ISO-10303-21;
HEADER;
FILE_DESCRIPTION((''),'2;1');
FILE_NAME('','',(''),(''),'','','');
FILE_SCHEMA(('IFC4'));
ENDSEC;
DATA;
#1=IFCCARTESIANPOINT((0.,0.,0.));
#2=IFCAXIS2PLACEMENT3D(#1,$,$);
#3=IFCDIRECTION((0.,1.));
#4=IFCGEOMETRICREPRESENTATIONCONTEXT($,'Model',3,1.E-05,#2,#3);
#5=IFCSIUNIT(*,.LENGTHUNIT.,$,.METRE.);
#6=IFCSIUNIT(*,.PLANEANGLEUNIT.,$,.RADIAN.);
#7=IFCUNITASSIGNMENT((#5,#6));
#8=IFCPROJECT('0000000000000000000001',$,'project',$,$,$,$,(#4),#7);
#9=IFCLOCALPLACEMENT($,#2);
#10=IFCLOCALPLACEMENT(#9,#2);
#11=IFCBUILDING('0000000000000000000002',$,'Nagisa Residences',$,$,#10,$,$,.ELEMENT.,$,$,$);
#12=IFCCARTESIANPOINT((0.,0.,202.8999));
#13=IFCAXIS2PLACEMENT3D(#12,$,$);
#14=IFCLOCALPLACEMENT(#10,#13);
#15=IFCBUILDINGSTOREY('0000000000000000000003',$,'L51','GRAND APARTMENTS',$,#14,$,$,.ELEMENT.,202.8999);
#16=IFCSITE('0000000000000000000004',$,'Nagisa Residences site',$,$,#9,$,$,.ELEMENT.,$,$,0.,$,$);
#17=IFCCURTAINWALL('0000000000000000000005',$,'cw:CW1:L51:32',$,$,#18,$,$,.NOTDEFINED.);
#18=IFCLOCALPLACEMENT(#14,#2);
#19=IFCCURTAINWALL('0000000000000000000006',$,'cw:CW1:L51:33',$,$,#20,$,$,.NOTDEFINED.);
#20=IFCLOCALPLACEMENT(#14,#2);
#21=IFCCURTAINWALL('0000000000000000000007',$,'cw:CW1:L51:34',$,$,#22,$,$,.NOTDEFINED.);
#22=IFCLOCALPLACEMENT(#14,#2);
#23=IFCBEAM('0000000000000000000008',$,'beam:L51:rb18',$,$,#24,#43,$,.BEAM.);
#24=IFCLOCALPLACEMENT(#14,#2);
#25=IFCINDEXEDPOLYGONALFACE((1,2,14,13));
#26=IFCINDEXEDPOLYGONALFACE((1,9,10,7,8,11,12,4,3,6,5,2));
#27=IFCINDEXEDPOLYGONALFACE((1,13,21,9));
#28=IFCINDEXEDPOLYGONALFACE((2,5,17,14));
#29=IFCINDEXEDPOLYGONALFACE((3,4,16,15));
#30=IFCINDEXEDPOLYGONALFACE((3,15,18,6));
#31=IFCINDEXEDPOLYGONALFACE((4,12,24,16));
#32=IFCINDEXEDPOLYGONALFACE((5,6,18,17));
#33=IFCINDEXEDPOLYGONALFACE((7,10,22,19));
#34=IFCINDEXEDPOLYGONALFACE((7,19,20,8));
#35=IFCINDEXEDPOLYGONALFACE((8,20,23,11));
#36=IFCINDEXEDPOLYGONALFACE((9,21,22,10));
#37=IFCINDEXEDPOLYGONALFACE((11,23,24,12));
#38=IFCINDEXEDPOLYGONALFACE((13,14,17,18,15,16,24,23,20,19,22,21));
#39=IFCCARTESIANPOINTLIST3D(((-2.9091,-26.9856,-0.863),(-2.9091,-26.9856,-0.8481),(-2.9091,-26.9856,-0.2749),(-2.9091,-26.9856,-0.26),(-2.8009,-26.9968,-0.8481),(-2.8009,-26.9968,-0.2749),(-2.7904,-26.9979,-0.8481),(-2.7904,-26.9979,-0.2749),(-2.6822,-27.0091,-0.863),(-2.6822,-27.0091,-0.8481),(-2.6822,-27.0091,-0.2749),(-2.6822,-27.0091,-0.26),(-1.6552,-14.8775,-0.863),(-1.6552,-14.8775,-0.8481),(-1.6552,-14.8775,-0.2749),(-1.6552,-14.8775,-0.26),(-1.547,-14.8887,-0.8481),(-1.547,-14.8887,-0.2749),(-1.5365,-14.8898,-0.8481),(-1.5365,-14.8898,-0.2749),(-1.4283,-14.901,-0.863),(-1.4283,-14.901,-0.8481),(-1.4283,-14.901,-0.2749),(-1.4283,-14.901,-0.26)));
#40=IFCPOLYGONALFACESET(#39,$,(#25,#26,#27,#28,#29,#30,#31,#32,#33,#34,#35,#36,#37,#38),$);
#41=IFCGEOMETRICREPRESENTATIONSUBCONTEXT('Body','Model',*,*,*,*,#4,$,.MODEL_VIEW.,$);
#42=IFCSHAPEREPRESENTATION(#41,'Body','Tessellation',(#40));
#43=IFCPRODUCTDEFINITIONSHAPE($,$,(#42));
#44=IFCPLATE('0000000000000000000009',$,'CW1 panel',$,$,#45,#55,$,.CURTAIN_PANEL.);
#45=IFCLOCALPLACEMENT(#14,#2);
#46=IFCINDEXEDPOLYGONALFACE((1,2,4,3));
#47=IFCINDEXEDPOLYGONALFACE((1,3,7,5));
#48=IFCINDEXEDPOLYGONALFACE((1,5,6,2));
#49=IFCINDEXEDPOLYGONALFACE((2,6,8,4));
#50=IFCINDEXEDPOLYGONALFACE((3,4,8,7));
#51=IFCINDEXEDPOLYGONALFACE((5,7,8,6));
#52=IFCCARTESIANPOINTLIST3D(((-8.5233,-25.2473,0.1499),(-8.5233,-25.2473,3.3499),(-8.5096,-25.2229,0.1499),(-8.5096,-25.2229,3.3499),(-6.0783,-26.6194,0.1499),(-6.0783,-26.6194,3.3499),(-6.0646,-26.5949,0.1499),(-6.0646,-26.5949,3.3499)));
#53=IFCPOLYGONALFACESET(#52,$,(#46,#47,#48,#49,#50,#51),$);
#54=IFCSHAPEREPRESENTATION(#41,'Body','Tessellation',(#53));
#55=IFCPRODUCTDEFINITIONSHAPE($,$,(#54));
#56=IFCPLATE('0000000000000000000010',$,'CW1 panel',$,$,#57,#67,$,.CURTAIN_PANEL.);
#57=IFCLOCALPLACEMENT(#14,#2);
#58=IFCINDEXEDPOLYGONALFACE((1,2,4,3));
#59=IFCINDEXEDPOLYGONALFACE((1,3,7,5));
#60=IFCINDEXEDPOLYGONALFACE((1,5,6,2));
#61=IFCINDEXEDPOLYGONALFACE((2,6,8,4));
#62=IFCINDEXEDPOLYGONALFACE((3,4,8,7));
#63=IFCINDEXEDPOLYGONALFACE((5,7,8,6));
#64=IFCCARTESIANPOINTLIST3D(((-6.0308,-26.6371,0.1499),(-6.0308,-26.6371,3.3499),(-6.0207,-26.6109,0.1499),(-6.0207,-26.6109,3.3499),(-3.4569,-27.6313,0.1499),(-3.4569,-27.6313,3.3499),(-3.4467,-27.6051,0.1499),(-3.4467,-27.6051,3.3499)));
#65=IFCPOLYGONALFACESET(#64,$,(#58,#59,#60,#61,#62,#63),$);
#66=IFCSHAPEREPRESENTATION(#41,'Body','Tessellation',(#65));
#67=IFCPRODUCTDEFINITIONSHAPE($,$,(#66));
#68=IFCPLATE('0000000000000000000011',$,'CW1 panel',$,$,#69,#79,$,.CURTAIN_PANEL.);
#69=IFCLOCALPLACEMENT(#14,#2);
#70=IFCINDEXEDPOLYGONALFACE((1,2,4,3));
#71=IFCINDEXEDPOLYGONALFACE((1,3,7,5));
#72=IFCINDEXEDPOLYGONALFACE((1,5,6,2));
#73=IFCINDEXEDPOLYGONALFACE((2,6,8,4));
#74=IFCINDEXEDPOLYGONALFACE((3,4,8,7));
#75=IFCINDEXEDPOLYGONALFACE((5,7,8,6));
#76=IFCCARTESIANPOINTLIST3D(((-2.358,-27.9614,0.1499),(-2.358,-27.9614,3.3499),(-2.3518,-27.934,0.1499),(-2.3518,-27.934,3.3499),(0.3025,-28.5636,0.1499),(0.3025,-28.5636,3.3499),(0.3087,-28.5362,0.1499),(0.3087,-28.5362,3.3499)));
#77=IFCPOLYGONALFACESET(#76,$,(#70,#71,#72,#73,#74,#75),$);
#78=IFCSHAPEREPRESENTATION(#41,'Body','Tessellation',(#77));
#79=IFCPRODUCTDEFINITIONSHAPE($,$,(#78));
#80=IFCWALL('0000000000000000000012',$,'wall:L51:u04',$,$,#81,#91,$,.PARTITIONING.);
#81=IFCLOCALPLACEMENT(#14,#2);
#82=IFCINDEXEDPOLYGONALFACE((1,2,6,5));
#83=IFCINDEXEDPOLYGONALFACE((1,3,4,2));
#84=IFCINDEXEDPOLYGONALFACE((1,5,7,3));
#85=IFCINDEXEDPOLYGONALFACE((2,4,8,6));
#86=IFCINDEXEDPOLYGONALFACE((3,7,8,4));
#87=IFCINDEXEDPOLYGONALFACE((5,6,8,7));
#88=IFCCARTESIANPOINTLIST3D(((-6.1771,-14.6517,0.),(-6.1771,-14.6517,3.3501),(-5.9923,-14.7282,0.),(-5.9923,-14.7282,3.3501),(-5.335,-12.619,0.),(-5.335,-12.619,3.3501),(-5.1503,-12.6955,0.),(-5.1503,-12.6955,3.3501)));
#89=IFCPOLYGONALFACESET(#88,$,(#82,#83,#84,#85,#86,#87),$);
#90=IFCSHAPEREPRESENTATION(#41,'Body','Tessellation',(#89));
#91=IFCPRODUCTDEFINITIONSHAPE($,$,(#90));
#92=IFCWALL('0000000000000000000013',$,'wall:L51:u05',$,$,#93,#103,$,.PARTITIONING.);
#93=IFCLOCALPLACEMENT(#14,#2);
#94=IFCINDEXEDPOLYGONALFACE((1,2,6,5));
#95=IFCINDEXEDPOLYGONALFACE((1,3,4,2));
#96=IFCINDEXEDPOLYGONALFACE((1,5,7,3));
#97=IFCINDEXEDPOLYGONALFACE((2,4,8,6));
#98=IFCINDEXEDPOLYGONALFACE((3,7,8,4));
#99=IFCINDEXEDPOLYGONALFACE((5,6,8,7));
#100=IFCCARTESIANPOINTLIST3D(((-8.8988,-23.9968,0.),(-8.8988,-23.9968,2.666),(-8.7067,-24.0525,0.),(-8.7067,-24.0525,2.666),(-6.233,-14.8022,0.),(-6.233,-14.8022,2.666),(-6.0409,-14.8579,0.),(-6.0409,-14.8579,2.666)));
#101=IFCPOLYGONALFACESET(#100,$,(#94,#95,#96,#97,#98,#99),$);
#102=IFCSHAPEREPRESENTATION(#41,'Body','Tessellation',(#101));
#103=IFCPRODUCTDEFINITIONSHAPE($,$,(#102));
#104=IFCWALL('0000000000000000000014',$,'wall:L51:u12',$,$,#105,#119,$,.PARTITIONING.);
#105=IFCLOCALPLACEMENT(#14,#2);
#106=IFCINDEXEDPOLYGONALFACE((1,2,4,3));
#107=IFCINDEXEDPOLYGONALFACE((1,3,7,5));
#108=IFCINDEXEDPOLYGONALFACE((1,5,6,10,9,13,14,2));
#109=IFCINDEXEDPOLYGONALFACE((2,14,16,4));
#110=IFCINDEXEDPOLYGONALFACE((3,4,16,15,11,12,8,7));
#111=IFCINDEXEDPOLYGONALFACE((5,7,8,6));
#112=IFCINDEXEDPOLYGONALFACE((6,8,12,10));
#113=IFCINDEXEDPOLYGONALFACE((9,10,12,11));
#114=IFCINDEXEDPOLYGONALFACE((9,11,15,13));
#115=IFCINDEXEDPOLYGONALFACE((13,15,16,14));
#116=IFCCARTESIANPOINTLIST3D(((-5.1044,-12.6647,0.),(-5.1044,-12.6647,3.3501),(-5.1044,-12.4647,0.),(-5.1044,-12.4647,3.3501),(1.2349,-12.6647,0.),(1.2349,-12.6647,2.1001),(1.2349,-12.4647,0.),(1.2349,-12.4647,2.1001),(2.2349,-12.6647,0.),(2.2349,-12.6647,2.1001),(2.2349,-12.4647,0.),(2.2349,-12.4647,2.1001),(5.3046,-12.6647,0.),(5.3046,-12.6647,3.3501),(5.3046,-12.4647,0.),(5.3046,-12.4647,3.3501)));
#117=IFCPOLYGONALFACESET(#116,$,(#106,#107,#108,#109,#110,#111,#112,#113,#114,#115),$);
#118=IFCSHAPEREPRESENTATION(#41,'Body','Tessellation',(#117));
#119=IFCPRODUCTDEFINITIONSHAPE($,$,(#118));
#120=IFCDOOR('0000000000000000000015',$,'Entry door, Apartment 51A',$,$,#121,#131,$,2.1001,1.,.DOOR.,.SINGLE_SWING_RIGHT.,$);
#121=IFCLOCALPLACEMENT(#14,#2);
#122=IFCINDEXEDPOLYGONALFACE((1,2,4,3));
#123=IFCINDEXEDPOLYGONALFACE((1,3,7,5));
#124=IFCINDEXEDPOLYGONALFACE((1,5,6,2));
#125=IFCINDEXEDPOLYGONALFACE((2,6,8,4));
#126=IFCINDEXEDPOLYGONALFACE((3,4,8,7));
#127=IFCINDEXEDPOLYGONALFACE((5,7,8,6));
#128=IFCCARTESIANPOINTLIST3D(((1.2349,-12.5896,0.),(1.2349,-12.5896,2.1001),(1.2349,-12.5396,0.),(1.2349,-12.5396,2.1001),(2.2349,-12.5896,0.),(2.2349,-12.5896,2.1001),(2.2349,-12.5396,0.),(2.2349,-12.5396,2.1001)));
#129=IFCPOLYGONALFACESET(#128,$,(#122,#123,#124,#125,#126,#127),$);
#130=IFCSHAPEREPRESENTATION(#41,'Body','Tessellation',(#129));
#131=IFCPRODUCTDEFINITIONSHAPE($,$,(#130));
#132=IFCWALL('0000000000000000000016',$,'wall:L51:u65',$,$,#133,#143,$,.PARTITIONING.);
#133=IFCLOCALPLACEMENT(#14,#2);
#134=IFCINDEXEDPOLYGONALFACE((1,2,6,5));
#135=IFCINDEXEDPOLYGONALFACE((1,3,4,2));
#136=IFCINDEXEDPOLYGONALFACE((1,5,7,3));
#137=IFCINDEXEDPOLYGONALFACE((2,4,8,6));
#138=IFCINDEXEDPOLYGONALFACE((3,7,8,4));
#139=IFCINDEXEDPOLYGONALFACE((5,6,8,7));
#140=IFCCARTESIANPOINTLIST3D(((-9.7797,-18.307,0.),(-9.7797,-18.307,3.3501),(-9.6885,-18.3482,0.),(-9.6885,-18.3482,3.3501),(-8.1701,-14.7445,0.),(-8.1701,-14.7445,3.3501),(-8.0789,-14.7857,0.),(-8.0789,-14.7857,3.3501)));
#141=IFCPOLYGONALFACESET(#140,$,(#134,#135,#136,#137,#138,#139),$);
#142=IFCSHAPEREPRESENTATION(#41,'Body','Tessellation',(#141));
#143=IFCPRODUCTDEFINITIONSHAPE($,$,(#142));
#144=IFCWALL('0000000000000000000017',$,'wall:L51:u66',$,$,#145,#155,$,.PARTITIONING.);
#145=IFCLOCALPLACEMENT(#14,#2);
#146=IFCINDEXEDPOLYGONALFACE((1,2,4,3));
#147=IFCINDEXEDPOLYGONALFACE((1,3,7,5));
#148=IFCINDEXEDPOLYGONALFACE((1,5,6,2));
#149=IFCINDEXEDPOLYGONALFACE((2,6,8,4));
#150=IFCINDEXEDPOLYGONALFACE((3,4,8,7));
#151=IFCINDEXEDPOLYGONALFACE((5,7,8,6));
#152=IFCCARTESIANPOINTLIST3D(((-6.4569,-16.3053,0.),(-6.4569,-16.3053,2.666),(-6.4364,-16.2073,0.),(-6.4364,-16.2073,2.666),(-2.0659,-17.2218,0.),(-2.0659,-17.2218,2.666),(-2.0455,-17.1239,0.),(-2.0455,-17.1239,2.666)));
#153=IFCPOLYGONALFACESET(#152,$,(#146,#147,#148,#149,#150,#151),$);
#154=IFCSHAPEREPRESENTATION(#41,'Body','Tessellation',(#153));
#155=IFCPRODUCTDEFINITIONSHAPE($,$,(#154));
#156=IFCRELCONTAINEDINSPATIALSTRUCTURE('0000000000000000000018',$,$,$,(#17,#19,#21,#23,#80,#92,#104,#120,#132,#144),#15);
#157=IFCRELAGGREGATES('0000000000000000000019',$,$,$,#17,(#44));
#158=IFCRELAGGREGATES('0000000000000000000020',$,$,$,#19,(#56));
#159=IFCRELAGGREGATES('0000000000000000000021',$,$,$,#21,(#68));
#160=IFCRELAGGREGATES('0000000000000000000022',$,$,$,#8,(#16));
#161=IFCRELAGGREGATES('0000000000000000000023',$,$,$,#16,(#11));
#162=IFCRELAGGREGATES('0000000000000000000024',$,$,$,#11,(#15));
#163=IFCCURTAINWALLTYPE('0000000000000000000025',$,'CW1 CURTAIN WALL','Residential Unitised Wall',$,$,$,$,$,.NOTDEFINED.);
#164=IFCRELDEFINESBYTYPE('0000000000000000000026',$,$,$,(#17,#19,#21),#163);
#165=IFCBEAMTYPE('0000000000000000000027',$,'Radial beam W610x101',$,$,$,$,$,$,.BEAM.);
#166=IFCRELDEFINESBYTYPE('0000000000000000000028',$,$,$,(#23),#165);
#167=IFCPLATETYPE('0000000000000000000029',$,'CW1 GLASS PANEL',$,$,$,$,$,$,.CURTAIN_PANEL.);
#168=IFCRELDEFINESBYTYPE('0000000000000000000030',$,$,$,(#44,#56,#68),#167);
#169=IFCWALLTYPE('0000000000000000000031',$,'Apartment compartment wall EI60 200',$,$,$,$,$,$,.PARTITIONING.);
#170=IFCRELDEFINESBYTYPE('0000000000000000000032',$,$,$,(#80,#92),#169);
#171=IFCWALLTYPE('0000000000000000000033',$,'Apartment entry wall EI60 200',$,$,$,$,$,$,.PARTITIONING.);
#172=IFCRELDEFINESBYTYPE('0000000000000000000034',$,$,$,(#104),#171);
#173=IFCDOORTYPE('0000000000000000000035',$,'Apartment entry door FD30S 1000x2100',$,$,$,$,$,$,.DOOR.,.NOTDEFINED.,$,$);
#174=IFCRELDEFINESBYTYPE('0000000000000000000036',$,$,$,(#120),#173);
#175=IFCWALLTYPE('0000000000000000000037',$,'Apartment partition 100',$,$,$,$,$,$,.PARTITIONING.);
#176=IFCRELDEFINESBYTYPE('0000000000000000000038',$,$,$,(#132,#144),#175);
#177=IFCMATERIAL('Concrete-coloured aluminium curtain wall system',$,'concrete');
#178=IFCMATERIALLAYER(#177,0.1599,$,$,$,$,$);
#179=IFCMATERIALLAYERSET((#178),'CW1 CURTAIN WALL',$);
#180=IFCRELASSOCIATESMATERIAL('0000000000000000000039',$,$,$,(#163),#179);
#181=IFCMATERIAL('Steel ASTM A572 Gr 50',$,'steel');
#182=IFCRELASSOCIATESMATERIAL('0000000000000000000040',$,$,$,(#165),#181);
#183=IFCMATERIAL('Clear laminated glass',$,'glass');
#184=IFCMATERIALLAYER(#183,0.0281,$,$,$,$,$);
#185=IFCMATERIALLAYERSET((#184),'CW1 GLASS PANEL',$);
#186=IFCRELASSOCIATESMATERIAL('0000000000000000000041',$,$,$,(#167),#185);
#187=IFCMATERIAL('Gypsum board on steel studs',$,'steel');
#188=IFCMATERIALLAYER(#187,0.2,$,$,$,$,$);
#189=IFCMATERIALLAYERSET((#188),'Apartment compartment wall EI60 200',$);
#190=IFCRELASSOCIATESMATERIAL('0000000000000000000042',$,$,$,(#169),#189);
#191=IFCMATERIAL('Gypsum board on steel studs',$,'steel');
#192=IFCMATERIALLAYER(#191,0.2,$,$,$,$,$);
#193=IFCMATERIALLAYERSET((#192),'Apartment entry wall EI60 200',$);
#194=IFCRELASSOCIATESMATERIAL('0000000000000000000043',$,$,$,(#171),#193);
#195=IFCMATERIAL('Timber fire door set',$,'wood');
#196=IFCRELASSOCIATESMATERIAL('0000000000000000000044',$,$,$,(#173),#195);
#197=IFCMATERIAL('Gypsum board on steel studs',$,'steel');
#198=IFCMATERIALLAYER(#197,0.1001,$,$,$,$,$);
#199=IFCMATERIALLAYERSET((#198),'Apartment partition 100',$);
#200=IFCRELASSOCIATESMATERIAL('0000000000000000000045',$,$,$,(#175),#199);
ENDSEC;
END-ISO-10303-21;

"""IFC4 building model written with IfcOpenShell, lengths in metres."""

from ifc_helpers import new_model, si_unit, direction, frame, frame_2d, origin, origin_2d, place, context, subcontext, project, spatial, rectangle, i_section, extrude, material, layer, layer_set, material_profile, profile_set, type_object, element, fill, aggregate, save


model = new_model("IFC4")

# Units and contexts
model_context = context("Model", 3, precision=1e-05, world=origin(), true_north=direction((0.0, 1.0)))
body_context = subcontext(model_context, "Body", "Model", "MODEL_VIEW")
ifc_project = project(units=[si_unit("LENGTHUNIT", "METRE"), si_unit("PLANEANGLEUNIT", "RADIAN")], contexts=[model_context])

# Site, building, storey
site_placement = place(None, origin())
site = spatial("IfcSite", under=ifc_project, at=site_placement, Name="Nagisa Residences site", CompositionType="ELEMENT", RefElevation=0.0)
building_placement = place(site_placement, origin())
building = spatial("IfcBuilding", under=site, at=building_placement, Name="Nagisa Residences", CompositionType="ELEMENT")
storey_placement = place(building_placement, frame((0.0, 0.0, 202.8999)))
storey = spatial("IfcBuildingStorey", under=building, at=storey_placement, Name="L51", Description="GRAND APARTMENTS", CompositionType="ELEMENT", Elevation=202.8999)

# Curtain walls
ifc_material_1 = material(Name="Concrete-coloured aluminium curtain wall system", Category="concrete")
ifc_layer_1 = layer(ifc_material_1, 0.1599)
ifc_layer_set_1 = layer_set([ifc_layer_1], Name="CW1 CURTAIN WALL")
curtain_wall_type = type_object("IfcCurtainWallType", Name="CW1 CURTAIN WALL", Description="Residential Unitised Wall", PredefinedType="NOTDEFINED", material=ifc_layer_set_1)
curtain_wall_1_placement = place(storey_placement, origin())
curtain_wall_1 = element("IfcCurtainWall", 1, at=curtain_wall_1_placement, inside=storey, type_object=curtain_wall_type, Name="cw:CW1:L51:32", PredefinedType="NOTDEFINED")
curtain_wall_2_placement = place(storey_placement, origin())
curtain_wall_2 = element("IfcCurtainWall", 2, at=curtain_wall_2_placement, inside=storey, type_object=curtain_wall_type, Name="cw:CW1:L51:33", PredefinedType="NOTDEFINED")
curtain_wall_3_placement = place(storey_placement, origin())
curtain_wall_3 = element("IfcCurtainWall", 3, at=curtain_wall_3_placement, inside=storey, type_object=curtain_wall_type, Name="cw:CW1:L51:34", PredefinedType="NOTDEFINED")

# Beam
ifc_material_2 = material(Name="Steel ASTM A572 Gr 50", Category="steel")
ifc_material_profile_1 = material_profile(ifc_material_2, i_section(OverallWidth=0.228, OverallDepth=0.603, WebThickness=0.0105, FlangeThickness=0.0149, at=origin_2d()), Name="W610x101")
ifc_profile_set_1 = profile_set([ifc_material_profile_1], Name="Steel ASTM A572 Gr 50")
beam_type_1 = type_object("IfcBeamType", Name="Radial beam W610x101", PredefinedType="BEAM", material=ifc_profile_set_1)
beam_1_placement = place(storey_placement, frame((-2.7957, -26.9973, -0.5615), z_axis=(0.103008, 0.994681, 0.0), x_axis=(-0.994681, 0.103008, 0.0)))
element("IfcBeam", 4, at=beam_1_placement, inside=storey, type_object=beam_type_1, Name="beam:L51:rb18", PredefinedType="BEAM", context=body_context, shape_type="SweptSolid", body=[
    extrude(i_section(OverallWidth=0.228, OverallDepth=0.603, WebThickness=0.0105, FlangeThickness=0.0149, at=origin_2d()), origin(), (0.0, 0.0, 1.0), 12.1729),
])

# Plates
ifc_material_3 = material(Name="Clear laminated glass", Category="glass")
ifc_layer_2 = layer(ifc_material_3, 0.0281)
ifc_layer_set_2 = layer_set([ifc_layer_2], Name="CW1 GLASS PANEL")
plate_type = type_object("IfcPlateType", Name="CW1 GLASS PANEL", PredefinedType="CURTAIN_PANEL", material=ifc_layer_set_2)
plate_1_placement = place(storey_placement, frame((-7.2939, -25.9211, 0.1499), z_axis=(0.0, 0.0, 1.0), x_axis=(0.872072, -0.489377, 0.0)))
plate_1 = element("IfcPlate", 5, at=plate_1_placement, type_object=plate_type, Name="CW1 panel", PredefinedType="CURTAIN_PANEL", context=body_context, shape_type="SweptSolid", body=[
    extrude(rectangle(XDim=2.8037, YDim=0.0281, at=origin_2d()), origin(), (0.0, 0.0, 1.0), 3.2),
])
aggregate(curtain_wall_1, [plate_1])
plate_2_placement = place(storey_placement, frame((-4.7388, -27.1211, 0.1499), z_axis=(0.0, 0.0, 1.0), x_axis=(0.932826, -0.360328, 0.0)))
plate_2 = element("IfcPlate", 6, at=plate_2_placement, type_object=plate_type, Name="CW1 panel", PredefinedType="CURTAIN_PANEL", context=body_context, shape_type="SweptSolid", body=[
    extrude(rectangle(XDim=2.7593, YDim=0.0281, at=origin_2d()), origin(), (0.0, 0.0, 1.0), 3.2),
])
aggregate(curtain_wall_2, [plate_2])
plate_3_placement = place(storey_placement, frame((-1.0247, -28.2488, 0.1499), z_axis=(0.0, 0.0, 1.0), x_axis=(0.975327, -0.220764, 0.0)))
plate_3 = element("IfcPlate", 7, at=plate_3_placement, type_object=plate_type, Name="CW1 panel", PredefinedType="CURTAIN_PANEL", context=body_context, shape_type="SweptSolid", body=[
    extrude(rectangle(XDim=2.7278, YDim=0.0281, at=origin_2d()), origin(), (0.0, 0.0, 1.0), 3.2),
])
aggregate(curtain_wall_3, [plate_3])

# Walls
ifc_material_4 = material(Name="Gypsum board on steel studs", Category="steel")
ifc_layer_3 = layer(ifc_material_4, 0.2)
ifc_layer_set_3 = layer_set([ifc_layer_3], Name="Apartment compartment wall EI60 200")
wall_type_1 = type_object("IfcWallType", Name="Apartment compartment wall EI60 200", PredefinedType="PARTITIONING", material=ifc_layer_set_3)
wall_1_placement = place(storey_placement, frame((-5.2427, -12.6572, 0.0), z_axis=(0.0, 0.0, 1.0), x_axis=(-0.382708, -0.923869, 0.0)))
element("IfcWall", 8, at=wall_1_placement, inside=storey, type_object=wall_type_1, Name="wall:L51:u04", PredefinedType="PARTITIONING", context=body_context, shape_type="SweptSolid", body=[
    extrude(rectangle(XDim=2.2002, YDim=0.2, at=frame_2d((1.1001, 0.0))), origin(), (0.0, 0.0, 1.0), 3.3501),
])
wall_2_placement = place(storey_placement, frame((-6.137, -14.8301, 0.0), z_axis=(0.0, 0.0, 1.0), x_axis=(-0.278461, -0.960447, 0.0)))
element("IfcWall", 9, at=wall_2_placement, inside=storey, type_object=wall_type_1, Name="wall:L51:u05", PredefinedType="PARTITIONING", context=body_context, shape_type="SweptSolid", body=[
    extrude(rectangle(XDim=9.5732, YDim=0.2, at=frame_2d((4.7866, 0.0))), origin(), (0.0, 0.0, 1.0), 2.666),
])

# Wall, opening, door
ifc_material_5 = material(Name="Gypsum board on steel studs", Category="steel")
ifc_layer_4 = layer(ifc_material_5, 0.2)
ifc_layer_set_4 = layer_set([ifc_layer_4], Name="Apartment entry wall EI60 200")
wall_type_2 = type_object("IfcWallType", Name="Apartment entry wall EI60 200", PredefinedType="PARTITIONING", material=ifc_layer_set_4)
wall_3_placement = place(storey_placement, frame((-5.1045, -12.5647, 0.0), z_axis=(0.0, 0.0, 1.0), x_axis=(1.0, 0.0, 0.0)))
wall_3 = element("IfcWall", 10, at=wall_3_placement, inside=storey, type_object=wall_type_2, Name="wall:L51:u12", PredefinedType="PARTITIONING", context=body_context, shape_type="SweptSolid", body=[
    extrude(rectangle(XDim=10.4089, YDim=0.2, at=frame_2d((5.2046, 0.0))), origin(), (0.0, 0.0, 1.0), 3.3501),
])
opening_1_placement = place(wall_3_placement, frame((6.3394, 0.0, 0.0)))
opening_1 = element("IfcOpeningElement", 11, at=opening_1_placement, cuts=wall_3, PredefinedType="OPENING", context=body_context, shape_type="SweptSolid", body=[
    extrude(rectangle(XDim=1.0, YDim=2.1001, at=frame_2d((0.5, 1.05))), frame((0.0, 0.1099, 0.0), z_axis=(0.0, -1.0, 0.0), x_axis=(1.0, 0.0, 0.0)), (0.0, 0.0, 1.0), 0.22),
])
ifc_material_6 = material(Name="Timber fire door set", Category="wood")
door_type_1 = type_object("IfcDoorType", Name="Apartment entry door FD30S 1000x2100", OperationType="NOTDEFINED", PredefinedType="DOOR", material=ifc_material_6)
door_1_placement = place(opening_1_placement, frame((1.0, 0.0, 0.0), x_axis=(-1.0, 0.0, 0.0)))
door_1 = element("IfcDoor", 12, at=door_1_placement, inside=storey, type_object=door_type_1, Name="Entry door, Apartment 51A", OperationType="SINGLE_SWING_RIGHT", OverallHeight=2.1001, OverallWidth=1.0, PredefinedType="DOOR", context=body_context, shape_type="SweptSolid", body=[
    extrude(rectangle(XDim=1.0, YDim=2.1001, at=frame_2d((0.5, 1.05))), frame((0.0, 0.0249, 0.0), z_axis=(0.0, -1.0, 0.0), x_axis=(1.0, 0.0, 0.0)), (0.0, 0.0, 1.0), 0.05),
])
fill(opening_1, door_1)

# Walls
ifc_material_7 = material(Name="Gypsum board on steel studs", Category="steel")
ifc_layer_5 = layer(ifc_material_7, 0.1001)
ifc_layer_set_5 = layer_set([ifc_layer_5], Name="Apartment partition 100")
wall_type_3 = type_object("IfcWallType", Name="Apartment partition 100", PredefinedType="PARTITIONING", material=ifc_layer_set_5)
wall_4_placement = place(storey_placement, frame((-8.1245, -14.7651, 0.0), z_axis=(0.0, 0.0, 1.0), x_axis=(-0.411746, -0.911299, 0.0)))
element("IfcWall", 13, at=wall_4_placement, inside=storey, type_object=wall_type_3, Name="wall:L51:u65", PredefinedType="PARTITIONING", context=body_context, shape_type="SweptSolid", body=[
    extrude(rectangle(XDim=3.9092, YDim=0.1001, at=frame_2d((1.9546, 0.0))), origin(), (0.0, 0.0, 1.0), 3.3501),
])
wall_5_placement = place(storey_placement, frame((-6.4465, -16.2563, 0.0), z_axis=(0.0, 0.0, 1.0), x_axis=(0.978903, -0.204326, 0.0)))
element("IfcWall", 14, at=wall_5_placement, inside=storey, type_object=wall_type_3, Name="wall:L51:u66", PredefinedType="PARTITIONING", context=body_context, shape_type="SweptSolid", body=[
    extrude(rectangle(XDim=4.4856, YDim=0.1001, at=frame_2d((2.2427, 0.0))), origin(), (0.0, 0.0, 1.0), 2.666),
])

save(model, "model.ifc")
